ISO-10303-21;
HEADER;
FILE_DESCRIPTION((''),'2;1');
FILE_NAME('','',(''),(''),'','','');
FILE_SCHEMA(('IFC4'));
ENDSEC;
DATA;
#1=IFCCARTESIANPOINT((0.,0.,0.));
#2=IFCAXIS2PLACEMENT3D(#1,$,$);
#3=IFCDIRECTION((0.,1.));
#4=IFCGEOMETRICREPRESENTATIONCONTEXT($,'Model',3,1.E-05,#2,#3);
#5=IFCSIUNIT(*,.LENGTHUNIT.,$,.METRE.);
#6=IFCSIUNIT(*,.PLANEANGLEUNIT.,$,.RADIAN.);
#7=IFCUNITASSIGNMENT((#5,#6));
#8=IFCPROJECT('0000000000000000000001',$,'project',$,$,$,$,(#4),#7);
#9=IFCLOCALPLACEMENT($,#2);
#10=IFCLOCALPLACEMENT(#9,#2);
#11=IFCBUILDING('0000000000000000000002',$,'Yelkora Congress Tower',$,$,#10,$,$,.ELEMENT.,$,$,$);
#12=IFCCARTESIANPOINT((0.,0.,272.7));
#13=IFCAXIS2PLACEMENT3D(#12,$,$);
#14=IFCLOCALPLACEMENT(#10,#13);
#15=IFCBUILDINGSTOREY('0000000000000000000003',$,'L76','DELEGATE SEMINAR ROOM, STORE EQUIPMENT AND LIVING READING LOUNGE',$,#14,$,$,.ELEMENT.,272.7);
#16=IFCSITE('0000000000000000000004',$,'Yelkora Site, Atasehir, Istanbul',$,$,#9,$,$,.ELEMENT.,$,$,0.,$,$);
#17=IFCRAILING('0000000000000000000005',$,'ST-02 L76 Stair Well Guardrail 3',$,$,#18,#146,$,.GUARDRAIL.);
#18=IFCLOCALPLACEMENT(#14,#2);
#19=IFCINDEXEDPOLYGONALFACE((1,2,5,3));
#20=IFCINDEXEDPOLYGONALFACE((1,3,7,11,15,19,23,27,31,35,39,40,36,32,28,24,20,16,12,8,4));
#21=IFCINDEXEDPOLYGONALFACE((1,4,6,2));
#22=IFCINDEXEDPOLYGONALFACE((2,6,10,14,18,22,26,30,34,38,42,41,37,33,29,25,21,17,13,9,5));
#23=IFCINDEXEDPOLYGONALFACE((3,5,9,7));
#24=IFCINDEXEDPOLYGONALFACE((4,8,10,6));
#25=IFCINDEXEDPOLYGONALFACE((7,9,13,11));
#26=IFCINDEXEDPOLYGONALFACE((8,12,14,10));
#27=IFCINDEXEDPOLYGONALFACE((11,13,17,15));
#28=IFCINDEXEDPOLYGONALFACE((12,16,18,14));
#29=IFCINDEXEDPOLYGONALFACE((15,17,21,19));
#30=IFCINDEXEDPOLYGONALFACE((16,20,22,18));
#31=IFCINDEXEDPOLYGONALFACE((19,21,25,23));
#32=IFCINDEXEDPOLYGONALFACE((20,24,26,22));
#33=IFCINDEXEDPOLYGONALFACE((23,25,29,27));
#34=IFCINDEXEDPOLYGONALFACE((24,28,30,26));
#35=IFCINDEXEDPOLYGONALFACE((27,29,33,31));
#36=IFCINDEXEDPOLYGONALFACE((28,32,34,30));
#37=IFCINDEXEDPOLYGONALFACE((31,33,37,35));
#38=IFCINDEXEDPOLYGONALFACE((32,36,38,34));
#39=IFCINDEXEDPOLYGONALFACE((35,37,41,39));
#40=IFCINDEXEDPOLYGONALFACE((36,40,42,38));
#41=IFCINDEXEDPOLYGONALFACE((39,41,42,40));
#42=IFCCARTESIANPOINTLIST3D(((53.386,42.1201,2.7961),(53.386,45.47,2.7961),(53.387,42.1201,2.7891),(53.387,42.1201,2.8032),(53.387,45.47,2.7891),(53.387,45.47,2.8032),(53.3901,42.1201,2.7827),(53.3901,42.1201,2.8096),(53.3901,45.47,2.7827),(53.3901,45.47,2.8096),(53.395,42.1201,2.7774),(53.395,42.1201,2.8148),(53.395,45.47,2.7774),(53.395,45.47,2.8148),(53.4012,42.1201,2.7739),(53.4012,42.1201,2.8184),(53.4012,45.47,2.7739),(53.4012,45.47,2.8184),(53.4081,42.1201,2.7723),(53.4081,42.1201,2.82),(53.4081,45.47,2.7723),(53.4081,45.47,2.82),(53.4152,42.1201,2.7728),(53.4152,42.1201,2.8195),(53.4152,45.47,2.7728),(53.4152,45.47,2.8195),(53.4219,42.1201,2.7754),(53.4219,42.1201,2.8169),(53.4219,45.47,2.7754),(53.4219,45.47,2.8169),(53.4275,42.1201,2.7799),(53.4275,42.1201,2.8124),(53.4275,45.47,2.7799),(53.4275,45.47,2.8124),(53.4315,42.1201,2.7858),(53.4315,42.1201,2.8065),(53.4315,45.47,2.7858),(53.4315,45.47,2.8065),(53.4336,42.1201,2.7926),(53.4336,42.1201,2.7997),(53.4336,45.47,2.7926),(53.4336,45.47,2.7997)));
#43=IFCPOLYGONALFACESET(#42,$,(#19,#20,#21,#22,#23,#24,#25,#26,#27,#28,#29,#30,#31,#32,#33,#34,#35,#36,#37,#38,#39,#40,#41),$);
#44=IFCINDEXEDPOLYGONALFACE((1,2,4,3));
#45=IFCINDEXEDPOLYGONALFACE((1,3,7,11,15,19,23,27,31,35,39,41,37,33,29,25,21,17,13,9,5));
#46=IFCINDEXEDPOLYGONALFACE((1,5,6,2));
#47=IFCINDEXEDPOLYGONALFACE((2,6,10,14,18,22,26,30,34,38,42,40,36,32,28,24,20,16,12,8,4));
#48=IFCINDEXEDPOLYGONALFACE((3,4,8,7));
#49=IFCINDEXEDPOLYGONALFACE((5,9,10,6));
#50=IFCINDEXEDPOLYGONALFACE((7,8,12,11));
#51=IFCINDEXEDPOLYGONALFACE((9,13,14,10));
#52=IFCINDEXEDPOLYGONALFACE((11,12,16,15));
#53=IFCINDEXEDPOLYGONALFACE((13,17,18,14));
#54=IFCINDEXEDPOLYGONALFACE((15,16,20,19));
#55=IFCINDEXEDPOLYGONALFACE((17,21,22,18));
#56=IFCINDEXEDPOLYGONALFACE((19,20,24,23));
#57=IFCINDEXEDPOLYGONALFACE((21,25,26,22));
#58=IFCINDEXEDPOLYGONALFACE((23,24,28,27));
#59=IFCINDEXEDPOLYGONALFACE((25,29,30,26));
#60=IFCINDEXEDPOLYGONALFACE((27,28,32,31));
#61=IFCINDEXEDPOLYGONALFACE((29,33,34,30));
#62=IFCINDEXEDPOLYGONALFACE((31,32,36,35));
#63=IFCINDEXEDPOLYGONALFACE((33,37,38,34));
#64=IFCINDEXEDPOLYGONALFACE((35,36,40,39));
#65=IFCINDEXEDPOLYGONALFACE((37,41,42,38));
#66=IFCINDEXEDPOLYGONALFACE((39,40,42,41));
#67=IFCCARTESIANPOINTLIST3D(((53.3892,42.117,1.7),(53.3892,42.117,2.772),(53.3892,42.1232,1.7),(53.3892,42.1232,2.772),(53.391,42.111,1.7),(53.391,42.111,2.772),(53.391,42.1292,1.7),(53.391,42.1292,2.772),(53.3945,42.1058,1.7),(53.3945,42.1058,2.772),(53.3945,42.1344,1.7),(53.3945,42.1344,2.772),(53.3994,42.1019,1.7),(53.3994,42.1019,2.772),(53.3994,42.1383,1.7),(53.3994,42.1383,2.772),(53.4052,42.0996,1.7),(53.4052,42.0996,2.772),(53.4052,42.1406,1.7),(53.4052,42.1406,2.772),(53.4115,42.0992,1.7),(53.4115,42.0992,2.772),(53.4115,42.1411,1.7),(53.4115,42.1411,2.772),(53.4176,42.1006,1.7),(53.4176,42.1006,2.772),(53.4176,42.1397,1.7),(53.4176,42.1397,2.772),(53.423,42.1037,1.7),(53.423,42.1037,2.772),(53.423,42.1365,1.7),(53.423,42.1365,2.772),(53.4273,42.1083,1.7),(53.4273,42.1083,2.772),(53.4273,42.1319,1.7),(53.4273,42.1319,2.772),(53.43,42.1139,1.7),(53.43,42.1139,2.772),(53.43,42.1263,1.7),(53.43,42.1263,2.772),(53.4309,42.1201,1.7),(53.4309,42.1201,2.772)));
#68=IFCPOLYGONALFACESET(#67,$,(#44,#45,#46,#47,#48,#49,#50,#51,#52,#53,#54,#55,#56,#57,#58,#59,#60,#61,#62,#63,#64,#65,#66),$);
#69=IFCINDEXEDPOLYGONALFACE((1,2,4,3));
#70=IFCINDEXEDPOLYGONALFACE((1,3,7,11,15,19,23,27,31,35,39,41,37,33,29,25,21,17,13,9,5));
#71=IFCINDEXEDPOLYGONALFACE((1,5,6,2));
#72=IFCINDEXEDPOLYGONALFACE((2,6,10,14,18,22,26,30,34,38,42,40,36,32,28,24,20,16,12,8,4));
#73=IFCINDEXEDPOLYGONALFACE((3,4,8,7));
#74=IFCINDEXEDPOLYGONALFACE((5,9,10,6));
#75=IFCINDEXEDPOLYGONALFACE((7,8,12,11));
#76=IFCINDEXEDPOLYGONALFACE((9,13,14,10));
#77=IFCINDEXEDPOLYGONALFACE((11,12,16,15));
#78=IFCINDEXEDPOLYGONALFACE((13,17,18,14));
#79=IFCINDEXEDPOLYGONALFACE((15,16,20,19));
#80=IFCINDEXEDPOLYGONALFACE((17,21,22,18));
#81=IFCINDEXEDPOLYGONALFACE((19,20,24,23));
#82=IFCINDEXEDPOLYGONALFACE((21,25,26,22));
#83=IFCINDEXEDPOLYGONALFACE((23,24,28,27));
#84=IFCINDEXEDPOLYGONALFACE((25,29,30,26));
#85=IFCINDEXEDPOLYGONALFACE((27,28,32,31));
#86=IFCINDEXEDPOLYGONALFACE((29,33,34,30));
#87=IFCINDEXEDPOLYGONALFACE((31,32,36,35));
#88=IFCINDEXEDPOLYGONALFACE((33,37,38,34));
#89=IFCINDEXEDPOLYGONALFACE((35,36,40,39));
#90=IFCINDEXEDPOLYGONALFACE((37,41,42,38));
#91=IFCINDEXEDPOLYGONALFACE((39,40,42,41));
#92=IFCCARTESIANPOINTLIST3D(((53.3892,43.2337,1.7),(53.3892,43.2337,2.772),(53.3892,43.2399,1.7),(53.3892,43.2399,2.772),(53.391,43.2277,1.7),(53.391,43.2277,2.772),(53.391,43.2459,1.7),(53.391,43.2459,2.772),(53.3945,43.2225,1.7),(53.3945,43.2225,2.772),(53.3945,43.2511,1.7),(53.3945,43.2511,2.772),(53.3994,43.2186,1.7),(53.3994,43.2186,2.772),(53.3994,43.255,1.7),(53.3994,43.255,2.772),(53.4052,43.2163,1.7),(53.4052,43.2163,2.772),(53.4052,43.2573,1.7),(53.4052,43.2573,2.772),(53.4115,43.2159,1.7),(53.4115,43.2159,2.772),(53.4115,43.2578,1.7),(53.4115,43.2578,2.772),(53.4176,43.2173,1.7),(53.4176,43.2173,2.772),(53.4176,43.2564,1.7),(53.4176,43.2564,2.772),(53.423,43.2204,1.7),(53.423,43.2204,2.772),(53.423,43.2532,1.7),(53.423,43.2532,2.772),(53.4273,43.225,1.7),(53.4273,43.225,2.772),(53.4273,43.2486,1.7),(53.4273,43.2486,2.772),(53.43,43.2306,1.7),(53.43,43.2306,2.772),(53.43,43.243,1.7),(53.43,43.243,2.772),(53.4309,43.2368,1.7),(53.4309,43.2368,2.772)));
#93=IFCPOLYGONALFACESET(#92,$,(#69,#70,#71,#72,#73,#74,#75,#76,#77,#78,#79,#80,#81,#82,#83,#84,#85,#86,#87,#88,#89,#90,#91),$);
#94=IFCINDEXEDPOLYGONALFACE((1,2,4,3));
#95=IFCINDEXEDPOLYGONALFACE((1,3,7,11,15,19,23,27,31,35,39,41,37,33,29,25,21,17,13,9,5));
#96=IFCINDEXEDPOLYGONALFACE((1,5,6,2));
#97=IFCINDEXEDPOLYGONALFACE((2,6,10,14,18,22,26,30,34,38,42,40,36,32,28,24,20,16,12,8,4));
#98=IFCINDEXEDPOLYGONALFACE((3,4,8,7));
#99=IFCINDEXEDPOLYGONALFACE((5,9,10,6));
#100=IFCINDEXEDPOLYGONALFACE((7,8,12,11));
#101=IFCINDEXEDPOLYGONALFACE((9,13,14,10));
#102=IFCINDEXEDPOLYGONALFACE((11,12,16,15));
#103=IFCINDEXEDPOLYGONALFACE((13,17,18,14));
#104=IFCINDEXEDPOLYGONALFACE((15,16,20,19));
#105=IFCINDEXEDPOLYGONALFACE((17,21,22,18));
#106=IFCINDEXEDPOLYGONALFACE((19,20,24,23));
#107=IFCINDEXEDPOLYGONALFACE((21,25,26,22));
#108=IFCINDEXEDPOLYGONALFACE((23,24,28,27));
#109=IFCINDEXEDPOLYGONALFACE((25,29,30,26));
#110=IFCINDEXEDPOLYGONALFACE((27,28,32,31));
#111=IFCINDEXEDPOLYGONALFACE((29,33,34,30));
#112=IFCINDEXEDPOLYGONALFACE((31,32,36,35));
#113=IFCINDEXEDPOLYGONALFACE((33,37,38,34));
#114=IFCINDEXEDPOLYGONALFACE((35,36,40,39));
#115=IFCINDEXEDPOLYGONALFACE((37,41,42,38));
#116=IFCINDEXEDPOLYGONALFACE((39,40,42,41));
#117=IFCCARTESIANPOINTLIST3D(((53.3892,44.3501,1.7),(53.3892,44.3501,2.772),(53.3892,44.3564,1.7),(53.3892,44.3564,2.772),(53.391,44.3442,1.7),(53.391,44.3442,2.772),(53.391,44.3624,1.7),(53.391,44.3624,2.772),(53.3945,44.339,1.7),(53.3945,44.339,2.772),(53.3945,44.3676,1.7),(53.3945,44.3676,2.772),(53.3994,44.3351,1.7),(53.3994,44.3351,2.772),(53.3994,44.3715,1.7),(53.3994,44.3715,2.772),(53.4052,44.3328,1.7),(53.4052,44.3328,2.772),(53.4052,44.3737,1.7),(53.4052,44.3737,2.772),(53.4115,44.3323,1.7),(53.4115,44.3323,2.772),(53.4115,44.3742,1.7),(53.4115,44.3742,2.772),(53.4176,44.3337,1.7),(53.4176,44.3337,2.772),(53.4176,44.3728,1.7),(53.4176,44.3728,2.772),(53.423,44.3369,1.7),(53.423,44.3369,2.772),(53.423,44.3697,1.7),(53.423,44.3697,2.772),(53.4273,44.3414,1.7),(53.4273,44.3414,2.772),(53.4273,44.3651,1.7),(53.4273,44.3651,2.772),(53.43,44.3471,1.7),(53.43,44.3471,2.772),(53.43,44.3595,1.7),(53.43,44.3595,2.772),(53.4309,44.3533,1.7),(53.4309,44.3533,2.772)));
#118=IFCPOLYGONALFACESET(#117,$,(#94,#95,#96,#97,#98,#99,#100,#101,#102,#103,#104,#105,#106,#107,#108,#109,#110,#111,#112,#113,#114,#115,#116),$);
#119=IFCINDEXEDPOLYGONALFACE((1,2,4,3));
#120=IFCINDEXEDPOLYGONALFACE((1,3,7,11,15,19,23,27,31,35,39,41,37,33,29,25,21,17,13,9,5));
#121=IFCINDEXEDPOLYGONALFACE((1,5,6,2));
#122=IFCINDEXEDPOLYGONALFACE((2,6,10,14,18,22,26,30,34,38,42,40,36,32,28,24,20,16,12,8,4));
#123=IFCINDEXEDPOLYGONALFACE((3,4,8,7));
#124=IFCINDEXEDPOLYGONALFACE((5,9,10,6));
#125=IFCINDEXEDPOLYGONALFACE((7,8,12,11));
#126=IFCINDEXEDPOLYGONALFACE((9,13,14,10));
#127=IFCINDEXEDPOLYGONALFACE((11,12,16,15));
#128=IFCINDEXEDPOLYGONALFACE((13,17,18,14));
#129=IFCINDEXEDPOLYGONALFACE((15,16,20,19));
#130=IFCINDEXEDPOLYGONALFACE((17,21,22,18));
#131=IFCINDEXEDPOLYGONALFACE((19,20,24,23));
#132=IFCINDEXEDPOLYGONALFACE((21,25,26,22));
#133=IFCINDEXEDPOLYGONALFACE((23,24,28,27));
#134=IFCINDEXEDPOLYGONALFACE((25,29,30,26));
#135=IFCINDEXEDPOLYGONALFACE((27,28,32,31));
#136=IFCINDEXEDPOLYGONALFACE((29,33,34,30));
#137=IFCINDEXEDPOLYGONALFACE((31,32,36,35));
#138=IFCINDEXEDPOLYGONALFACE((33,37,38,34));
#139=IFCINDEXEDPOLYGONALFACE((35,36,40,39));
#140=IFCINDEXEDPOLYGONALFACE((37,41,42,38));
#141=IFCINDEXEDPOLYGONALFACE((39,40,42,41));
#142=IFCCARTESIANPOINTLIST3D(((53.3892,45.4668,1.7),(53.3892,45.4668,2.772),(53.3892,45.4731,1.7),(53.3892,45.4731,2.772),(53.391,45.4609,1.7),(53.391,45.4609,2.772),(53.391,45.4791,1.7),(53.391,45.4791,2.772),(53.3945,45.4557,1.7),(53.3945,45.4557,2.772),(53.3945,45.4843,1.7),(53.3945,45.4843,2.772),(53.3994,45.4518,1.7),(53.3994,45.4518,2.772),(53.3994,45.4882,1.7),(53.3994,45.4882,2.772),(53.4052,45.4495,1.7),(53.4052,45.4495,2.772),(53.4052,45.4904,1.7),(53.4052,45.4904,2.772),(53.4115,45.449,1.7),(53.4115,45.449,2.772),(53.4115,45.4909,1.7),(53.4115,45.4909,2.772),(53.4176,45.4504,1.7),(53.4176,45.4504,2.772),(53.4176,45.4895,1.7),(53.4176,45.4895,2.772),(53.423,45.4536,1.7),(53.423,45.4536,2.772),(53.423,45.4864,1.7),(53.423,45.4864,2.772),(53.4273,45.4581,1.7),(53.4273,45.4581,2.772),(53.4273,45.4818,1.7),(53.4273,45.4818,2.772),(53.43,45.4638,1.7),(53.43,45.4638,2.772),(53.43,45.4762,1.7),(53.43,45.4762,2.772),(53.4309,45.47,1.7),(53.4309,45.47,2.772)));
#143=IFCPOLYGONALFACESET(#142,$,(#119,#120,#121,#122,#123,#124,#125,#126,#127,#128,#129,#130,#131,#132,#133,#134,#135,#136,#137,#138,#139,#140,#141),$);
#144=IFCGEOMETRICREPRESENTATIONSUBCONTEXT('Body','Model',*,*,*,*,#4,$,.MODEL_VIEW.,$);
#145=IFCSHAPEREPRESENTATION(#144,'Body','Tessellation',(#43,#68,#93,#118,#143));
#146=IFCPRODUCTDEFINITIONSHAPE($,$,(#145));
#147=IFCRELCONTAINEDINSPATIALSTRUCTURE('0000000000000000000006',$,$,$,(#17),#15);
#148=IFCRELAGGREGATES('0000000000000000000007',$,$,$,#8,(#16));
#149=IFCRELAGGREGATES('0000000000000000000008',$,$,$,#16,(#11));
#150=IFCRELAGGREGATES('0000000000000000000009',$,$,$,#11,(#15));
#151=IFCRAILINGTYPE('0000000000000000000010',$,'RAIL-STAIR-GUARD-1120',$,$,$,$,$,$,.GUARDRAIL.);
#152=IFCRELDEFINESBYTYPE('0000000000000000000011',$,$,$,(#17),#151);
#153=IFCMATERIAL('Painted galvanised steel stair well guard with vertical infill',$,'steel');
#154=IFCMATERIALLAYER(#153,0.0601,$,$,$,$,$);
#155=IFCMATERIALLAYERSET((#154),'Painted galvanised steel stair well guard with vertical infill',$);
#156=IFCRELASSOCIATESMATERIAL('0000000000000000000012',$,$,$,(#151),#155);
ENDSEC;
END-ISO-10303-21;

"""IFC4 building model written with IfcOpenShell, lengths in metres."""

from ifc_helpers import new_model, si_unit, direction, frame, origin, origin_2d, place, context, subcontext, project, spatial, circle, extrude, material, layer, layer_set, type_object, element, save


model = new_model("IFC4")

# Units and contexts
model_context = context("Model", 3, precision=1e-05, world=origin(), true_north=direction((0.0, 1.0)))
body_context = subcontext(model_context, "Body", "Model", "MODEL_VIEW")
ifc_project = project(units=[si_unit("LENGTHUNIT", "METRE"), si_unit("PLANEANGLEUNIT", "RADIAN")], contexts=[model_context])

# Site, building, storey
site_placement = place(None, origin())
site = spatial("IfcSite", under=ifc_project, at=site_placement, Name="Yelkora Site, Atasehir, Istanbul", CompositionType="ELEMENT", RefElevation=0.0)
building_placement = place(site_placement, origin())
building = spatial("IfcBuilding", under=site, at=building_placement, Name="Yelkora Congress Tower", CompositionType="ELEMENT")
storey_placement = place(building_placement, frame((0.0, 0.0, 272.7)))
storey = spatial("IfcBuildingStorey", under=building, at=storey_placement, Name="L76", Description="DELEGATE SEMINAR ROOM, STORE EQUIPMENT AND LIVING READING LOUNGE", CompositionType="ELEMENT", Elevation=272.7)

# Railing
ifc_material_1 = material(Name="Painted galvanised steel stair well guard with vertical infill", Category="steel")
ifc_layer_1 = layer(ifc_material_1, 0.0601)
ifc_layer_set_1 = layer_set([ifc_layer_1], Name="Painted galvanised steel stair well guard with vertical infill")
railing_type_1 = type_object("IfcRailingType", Name="RAIL-STAIR-GUARD-1120", PredefinedType="GUARDRAIL", material=ifc_layer_set_1)
for number, where, name in (
    (1, (53.4099, 42.1201, 1.7), "ST-02 L76 Stair Well Guardrail 3"),
):
    element("IfcRailing", number, at=place(storey_placement, frame(where)), inside=storey, type_object=railing_type_1, Name=name, PredefinedType="GUARDRAIL", context=body_context, shape_type="SweptSolid", body=[
        extrude(circle(Radius=0.0239, at=origin_2d()), frame((0.0, 0.0, 1.0962), z_axis=(0.0, 1.0, 0.0), x_axis=(-1.0, 0.0, 0.0)), (0.0, 0.0, 1.0), 3.3499),
        extrude(circle(Radius=0.021, at=origin_2d()), origin(), (0.0, 0.0, 1.0), 1.072),
        extrude(circle(Radius=0.021, at=origin_2d()), frame((0.0, 1.1167, 0.0)), (0.0, 0.0, 1.0), 1.072),
        extrude(circle(Radius=0.021, at=origin_2d()), frame((0.0, 2.2332, 0.0)), (0.0, 0.0, 1.0), 1.072),
        extrude(circle(Radius=0.021, at=origin_2d()), frame((0.0, 3.3499, 0.0)), (0.0, 0.0, 1.0), 1.072),
    ])

save(model, "model.ifc")
